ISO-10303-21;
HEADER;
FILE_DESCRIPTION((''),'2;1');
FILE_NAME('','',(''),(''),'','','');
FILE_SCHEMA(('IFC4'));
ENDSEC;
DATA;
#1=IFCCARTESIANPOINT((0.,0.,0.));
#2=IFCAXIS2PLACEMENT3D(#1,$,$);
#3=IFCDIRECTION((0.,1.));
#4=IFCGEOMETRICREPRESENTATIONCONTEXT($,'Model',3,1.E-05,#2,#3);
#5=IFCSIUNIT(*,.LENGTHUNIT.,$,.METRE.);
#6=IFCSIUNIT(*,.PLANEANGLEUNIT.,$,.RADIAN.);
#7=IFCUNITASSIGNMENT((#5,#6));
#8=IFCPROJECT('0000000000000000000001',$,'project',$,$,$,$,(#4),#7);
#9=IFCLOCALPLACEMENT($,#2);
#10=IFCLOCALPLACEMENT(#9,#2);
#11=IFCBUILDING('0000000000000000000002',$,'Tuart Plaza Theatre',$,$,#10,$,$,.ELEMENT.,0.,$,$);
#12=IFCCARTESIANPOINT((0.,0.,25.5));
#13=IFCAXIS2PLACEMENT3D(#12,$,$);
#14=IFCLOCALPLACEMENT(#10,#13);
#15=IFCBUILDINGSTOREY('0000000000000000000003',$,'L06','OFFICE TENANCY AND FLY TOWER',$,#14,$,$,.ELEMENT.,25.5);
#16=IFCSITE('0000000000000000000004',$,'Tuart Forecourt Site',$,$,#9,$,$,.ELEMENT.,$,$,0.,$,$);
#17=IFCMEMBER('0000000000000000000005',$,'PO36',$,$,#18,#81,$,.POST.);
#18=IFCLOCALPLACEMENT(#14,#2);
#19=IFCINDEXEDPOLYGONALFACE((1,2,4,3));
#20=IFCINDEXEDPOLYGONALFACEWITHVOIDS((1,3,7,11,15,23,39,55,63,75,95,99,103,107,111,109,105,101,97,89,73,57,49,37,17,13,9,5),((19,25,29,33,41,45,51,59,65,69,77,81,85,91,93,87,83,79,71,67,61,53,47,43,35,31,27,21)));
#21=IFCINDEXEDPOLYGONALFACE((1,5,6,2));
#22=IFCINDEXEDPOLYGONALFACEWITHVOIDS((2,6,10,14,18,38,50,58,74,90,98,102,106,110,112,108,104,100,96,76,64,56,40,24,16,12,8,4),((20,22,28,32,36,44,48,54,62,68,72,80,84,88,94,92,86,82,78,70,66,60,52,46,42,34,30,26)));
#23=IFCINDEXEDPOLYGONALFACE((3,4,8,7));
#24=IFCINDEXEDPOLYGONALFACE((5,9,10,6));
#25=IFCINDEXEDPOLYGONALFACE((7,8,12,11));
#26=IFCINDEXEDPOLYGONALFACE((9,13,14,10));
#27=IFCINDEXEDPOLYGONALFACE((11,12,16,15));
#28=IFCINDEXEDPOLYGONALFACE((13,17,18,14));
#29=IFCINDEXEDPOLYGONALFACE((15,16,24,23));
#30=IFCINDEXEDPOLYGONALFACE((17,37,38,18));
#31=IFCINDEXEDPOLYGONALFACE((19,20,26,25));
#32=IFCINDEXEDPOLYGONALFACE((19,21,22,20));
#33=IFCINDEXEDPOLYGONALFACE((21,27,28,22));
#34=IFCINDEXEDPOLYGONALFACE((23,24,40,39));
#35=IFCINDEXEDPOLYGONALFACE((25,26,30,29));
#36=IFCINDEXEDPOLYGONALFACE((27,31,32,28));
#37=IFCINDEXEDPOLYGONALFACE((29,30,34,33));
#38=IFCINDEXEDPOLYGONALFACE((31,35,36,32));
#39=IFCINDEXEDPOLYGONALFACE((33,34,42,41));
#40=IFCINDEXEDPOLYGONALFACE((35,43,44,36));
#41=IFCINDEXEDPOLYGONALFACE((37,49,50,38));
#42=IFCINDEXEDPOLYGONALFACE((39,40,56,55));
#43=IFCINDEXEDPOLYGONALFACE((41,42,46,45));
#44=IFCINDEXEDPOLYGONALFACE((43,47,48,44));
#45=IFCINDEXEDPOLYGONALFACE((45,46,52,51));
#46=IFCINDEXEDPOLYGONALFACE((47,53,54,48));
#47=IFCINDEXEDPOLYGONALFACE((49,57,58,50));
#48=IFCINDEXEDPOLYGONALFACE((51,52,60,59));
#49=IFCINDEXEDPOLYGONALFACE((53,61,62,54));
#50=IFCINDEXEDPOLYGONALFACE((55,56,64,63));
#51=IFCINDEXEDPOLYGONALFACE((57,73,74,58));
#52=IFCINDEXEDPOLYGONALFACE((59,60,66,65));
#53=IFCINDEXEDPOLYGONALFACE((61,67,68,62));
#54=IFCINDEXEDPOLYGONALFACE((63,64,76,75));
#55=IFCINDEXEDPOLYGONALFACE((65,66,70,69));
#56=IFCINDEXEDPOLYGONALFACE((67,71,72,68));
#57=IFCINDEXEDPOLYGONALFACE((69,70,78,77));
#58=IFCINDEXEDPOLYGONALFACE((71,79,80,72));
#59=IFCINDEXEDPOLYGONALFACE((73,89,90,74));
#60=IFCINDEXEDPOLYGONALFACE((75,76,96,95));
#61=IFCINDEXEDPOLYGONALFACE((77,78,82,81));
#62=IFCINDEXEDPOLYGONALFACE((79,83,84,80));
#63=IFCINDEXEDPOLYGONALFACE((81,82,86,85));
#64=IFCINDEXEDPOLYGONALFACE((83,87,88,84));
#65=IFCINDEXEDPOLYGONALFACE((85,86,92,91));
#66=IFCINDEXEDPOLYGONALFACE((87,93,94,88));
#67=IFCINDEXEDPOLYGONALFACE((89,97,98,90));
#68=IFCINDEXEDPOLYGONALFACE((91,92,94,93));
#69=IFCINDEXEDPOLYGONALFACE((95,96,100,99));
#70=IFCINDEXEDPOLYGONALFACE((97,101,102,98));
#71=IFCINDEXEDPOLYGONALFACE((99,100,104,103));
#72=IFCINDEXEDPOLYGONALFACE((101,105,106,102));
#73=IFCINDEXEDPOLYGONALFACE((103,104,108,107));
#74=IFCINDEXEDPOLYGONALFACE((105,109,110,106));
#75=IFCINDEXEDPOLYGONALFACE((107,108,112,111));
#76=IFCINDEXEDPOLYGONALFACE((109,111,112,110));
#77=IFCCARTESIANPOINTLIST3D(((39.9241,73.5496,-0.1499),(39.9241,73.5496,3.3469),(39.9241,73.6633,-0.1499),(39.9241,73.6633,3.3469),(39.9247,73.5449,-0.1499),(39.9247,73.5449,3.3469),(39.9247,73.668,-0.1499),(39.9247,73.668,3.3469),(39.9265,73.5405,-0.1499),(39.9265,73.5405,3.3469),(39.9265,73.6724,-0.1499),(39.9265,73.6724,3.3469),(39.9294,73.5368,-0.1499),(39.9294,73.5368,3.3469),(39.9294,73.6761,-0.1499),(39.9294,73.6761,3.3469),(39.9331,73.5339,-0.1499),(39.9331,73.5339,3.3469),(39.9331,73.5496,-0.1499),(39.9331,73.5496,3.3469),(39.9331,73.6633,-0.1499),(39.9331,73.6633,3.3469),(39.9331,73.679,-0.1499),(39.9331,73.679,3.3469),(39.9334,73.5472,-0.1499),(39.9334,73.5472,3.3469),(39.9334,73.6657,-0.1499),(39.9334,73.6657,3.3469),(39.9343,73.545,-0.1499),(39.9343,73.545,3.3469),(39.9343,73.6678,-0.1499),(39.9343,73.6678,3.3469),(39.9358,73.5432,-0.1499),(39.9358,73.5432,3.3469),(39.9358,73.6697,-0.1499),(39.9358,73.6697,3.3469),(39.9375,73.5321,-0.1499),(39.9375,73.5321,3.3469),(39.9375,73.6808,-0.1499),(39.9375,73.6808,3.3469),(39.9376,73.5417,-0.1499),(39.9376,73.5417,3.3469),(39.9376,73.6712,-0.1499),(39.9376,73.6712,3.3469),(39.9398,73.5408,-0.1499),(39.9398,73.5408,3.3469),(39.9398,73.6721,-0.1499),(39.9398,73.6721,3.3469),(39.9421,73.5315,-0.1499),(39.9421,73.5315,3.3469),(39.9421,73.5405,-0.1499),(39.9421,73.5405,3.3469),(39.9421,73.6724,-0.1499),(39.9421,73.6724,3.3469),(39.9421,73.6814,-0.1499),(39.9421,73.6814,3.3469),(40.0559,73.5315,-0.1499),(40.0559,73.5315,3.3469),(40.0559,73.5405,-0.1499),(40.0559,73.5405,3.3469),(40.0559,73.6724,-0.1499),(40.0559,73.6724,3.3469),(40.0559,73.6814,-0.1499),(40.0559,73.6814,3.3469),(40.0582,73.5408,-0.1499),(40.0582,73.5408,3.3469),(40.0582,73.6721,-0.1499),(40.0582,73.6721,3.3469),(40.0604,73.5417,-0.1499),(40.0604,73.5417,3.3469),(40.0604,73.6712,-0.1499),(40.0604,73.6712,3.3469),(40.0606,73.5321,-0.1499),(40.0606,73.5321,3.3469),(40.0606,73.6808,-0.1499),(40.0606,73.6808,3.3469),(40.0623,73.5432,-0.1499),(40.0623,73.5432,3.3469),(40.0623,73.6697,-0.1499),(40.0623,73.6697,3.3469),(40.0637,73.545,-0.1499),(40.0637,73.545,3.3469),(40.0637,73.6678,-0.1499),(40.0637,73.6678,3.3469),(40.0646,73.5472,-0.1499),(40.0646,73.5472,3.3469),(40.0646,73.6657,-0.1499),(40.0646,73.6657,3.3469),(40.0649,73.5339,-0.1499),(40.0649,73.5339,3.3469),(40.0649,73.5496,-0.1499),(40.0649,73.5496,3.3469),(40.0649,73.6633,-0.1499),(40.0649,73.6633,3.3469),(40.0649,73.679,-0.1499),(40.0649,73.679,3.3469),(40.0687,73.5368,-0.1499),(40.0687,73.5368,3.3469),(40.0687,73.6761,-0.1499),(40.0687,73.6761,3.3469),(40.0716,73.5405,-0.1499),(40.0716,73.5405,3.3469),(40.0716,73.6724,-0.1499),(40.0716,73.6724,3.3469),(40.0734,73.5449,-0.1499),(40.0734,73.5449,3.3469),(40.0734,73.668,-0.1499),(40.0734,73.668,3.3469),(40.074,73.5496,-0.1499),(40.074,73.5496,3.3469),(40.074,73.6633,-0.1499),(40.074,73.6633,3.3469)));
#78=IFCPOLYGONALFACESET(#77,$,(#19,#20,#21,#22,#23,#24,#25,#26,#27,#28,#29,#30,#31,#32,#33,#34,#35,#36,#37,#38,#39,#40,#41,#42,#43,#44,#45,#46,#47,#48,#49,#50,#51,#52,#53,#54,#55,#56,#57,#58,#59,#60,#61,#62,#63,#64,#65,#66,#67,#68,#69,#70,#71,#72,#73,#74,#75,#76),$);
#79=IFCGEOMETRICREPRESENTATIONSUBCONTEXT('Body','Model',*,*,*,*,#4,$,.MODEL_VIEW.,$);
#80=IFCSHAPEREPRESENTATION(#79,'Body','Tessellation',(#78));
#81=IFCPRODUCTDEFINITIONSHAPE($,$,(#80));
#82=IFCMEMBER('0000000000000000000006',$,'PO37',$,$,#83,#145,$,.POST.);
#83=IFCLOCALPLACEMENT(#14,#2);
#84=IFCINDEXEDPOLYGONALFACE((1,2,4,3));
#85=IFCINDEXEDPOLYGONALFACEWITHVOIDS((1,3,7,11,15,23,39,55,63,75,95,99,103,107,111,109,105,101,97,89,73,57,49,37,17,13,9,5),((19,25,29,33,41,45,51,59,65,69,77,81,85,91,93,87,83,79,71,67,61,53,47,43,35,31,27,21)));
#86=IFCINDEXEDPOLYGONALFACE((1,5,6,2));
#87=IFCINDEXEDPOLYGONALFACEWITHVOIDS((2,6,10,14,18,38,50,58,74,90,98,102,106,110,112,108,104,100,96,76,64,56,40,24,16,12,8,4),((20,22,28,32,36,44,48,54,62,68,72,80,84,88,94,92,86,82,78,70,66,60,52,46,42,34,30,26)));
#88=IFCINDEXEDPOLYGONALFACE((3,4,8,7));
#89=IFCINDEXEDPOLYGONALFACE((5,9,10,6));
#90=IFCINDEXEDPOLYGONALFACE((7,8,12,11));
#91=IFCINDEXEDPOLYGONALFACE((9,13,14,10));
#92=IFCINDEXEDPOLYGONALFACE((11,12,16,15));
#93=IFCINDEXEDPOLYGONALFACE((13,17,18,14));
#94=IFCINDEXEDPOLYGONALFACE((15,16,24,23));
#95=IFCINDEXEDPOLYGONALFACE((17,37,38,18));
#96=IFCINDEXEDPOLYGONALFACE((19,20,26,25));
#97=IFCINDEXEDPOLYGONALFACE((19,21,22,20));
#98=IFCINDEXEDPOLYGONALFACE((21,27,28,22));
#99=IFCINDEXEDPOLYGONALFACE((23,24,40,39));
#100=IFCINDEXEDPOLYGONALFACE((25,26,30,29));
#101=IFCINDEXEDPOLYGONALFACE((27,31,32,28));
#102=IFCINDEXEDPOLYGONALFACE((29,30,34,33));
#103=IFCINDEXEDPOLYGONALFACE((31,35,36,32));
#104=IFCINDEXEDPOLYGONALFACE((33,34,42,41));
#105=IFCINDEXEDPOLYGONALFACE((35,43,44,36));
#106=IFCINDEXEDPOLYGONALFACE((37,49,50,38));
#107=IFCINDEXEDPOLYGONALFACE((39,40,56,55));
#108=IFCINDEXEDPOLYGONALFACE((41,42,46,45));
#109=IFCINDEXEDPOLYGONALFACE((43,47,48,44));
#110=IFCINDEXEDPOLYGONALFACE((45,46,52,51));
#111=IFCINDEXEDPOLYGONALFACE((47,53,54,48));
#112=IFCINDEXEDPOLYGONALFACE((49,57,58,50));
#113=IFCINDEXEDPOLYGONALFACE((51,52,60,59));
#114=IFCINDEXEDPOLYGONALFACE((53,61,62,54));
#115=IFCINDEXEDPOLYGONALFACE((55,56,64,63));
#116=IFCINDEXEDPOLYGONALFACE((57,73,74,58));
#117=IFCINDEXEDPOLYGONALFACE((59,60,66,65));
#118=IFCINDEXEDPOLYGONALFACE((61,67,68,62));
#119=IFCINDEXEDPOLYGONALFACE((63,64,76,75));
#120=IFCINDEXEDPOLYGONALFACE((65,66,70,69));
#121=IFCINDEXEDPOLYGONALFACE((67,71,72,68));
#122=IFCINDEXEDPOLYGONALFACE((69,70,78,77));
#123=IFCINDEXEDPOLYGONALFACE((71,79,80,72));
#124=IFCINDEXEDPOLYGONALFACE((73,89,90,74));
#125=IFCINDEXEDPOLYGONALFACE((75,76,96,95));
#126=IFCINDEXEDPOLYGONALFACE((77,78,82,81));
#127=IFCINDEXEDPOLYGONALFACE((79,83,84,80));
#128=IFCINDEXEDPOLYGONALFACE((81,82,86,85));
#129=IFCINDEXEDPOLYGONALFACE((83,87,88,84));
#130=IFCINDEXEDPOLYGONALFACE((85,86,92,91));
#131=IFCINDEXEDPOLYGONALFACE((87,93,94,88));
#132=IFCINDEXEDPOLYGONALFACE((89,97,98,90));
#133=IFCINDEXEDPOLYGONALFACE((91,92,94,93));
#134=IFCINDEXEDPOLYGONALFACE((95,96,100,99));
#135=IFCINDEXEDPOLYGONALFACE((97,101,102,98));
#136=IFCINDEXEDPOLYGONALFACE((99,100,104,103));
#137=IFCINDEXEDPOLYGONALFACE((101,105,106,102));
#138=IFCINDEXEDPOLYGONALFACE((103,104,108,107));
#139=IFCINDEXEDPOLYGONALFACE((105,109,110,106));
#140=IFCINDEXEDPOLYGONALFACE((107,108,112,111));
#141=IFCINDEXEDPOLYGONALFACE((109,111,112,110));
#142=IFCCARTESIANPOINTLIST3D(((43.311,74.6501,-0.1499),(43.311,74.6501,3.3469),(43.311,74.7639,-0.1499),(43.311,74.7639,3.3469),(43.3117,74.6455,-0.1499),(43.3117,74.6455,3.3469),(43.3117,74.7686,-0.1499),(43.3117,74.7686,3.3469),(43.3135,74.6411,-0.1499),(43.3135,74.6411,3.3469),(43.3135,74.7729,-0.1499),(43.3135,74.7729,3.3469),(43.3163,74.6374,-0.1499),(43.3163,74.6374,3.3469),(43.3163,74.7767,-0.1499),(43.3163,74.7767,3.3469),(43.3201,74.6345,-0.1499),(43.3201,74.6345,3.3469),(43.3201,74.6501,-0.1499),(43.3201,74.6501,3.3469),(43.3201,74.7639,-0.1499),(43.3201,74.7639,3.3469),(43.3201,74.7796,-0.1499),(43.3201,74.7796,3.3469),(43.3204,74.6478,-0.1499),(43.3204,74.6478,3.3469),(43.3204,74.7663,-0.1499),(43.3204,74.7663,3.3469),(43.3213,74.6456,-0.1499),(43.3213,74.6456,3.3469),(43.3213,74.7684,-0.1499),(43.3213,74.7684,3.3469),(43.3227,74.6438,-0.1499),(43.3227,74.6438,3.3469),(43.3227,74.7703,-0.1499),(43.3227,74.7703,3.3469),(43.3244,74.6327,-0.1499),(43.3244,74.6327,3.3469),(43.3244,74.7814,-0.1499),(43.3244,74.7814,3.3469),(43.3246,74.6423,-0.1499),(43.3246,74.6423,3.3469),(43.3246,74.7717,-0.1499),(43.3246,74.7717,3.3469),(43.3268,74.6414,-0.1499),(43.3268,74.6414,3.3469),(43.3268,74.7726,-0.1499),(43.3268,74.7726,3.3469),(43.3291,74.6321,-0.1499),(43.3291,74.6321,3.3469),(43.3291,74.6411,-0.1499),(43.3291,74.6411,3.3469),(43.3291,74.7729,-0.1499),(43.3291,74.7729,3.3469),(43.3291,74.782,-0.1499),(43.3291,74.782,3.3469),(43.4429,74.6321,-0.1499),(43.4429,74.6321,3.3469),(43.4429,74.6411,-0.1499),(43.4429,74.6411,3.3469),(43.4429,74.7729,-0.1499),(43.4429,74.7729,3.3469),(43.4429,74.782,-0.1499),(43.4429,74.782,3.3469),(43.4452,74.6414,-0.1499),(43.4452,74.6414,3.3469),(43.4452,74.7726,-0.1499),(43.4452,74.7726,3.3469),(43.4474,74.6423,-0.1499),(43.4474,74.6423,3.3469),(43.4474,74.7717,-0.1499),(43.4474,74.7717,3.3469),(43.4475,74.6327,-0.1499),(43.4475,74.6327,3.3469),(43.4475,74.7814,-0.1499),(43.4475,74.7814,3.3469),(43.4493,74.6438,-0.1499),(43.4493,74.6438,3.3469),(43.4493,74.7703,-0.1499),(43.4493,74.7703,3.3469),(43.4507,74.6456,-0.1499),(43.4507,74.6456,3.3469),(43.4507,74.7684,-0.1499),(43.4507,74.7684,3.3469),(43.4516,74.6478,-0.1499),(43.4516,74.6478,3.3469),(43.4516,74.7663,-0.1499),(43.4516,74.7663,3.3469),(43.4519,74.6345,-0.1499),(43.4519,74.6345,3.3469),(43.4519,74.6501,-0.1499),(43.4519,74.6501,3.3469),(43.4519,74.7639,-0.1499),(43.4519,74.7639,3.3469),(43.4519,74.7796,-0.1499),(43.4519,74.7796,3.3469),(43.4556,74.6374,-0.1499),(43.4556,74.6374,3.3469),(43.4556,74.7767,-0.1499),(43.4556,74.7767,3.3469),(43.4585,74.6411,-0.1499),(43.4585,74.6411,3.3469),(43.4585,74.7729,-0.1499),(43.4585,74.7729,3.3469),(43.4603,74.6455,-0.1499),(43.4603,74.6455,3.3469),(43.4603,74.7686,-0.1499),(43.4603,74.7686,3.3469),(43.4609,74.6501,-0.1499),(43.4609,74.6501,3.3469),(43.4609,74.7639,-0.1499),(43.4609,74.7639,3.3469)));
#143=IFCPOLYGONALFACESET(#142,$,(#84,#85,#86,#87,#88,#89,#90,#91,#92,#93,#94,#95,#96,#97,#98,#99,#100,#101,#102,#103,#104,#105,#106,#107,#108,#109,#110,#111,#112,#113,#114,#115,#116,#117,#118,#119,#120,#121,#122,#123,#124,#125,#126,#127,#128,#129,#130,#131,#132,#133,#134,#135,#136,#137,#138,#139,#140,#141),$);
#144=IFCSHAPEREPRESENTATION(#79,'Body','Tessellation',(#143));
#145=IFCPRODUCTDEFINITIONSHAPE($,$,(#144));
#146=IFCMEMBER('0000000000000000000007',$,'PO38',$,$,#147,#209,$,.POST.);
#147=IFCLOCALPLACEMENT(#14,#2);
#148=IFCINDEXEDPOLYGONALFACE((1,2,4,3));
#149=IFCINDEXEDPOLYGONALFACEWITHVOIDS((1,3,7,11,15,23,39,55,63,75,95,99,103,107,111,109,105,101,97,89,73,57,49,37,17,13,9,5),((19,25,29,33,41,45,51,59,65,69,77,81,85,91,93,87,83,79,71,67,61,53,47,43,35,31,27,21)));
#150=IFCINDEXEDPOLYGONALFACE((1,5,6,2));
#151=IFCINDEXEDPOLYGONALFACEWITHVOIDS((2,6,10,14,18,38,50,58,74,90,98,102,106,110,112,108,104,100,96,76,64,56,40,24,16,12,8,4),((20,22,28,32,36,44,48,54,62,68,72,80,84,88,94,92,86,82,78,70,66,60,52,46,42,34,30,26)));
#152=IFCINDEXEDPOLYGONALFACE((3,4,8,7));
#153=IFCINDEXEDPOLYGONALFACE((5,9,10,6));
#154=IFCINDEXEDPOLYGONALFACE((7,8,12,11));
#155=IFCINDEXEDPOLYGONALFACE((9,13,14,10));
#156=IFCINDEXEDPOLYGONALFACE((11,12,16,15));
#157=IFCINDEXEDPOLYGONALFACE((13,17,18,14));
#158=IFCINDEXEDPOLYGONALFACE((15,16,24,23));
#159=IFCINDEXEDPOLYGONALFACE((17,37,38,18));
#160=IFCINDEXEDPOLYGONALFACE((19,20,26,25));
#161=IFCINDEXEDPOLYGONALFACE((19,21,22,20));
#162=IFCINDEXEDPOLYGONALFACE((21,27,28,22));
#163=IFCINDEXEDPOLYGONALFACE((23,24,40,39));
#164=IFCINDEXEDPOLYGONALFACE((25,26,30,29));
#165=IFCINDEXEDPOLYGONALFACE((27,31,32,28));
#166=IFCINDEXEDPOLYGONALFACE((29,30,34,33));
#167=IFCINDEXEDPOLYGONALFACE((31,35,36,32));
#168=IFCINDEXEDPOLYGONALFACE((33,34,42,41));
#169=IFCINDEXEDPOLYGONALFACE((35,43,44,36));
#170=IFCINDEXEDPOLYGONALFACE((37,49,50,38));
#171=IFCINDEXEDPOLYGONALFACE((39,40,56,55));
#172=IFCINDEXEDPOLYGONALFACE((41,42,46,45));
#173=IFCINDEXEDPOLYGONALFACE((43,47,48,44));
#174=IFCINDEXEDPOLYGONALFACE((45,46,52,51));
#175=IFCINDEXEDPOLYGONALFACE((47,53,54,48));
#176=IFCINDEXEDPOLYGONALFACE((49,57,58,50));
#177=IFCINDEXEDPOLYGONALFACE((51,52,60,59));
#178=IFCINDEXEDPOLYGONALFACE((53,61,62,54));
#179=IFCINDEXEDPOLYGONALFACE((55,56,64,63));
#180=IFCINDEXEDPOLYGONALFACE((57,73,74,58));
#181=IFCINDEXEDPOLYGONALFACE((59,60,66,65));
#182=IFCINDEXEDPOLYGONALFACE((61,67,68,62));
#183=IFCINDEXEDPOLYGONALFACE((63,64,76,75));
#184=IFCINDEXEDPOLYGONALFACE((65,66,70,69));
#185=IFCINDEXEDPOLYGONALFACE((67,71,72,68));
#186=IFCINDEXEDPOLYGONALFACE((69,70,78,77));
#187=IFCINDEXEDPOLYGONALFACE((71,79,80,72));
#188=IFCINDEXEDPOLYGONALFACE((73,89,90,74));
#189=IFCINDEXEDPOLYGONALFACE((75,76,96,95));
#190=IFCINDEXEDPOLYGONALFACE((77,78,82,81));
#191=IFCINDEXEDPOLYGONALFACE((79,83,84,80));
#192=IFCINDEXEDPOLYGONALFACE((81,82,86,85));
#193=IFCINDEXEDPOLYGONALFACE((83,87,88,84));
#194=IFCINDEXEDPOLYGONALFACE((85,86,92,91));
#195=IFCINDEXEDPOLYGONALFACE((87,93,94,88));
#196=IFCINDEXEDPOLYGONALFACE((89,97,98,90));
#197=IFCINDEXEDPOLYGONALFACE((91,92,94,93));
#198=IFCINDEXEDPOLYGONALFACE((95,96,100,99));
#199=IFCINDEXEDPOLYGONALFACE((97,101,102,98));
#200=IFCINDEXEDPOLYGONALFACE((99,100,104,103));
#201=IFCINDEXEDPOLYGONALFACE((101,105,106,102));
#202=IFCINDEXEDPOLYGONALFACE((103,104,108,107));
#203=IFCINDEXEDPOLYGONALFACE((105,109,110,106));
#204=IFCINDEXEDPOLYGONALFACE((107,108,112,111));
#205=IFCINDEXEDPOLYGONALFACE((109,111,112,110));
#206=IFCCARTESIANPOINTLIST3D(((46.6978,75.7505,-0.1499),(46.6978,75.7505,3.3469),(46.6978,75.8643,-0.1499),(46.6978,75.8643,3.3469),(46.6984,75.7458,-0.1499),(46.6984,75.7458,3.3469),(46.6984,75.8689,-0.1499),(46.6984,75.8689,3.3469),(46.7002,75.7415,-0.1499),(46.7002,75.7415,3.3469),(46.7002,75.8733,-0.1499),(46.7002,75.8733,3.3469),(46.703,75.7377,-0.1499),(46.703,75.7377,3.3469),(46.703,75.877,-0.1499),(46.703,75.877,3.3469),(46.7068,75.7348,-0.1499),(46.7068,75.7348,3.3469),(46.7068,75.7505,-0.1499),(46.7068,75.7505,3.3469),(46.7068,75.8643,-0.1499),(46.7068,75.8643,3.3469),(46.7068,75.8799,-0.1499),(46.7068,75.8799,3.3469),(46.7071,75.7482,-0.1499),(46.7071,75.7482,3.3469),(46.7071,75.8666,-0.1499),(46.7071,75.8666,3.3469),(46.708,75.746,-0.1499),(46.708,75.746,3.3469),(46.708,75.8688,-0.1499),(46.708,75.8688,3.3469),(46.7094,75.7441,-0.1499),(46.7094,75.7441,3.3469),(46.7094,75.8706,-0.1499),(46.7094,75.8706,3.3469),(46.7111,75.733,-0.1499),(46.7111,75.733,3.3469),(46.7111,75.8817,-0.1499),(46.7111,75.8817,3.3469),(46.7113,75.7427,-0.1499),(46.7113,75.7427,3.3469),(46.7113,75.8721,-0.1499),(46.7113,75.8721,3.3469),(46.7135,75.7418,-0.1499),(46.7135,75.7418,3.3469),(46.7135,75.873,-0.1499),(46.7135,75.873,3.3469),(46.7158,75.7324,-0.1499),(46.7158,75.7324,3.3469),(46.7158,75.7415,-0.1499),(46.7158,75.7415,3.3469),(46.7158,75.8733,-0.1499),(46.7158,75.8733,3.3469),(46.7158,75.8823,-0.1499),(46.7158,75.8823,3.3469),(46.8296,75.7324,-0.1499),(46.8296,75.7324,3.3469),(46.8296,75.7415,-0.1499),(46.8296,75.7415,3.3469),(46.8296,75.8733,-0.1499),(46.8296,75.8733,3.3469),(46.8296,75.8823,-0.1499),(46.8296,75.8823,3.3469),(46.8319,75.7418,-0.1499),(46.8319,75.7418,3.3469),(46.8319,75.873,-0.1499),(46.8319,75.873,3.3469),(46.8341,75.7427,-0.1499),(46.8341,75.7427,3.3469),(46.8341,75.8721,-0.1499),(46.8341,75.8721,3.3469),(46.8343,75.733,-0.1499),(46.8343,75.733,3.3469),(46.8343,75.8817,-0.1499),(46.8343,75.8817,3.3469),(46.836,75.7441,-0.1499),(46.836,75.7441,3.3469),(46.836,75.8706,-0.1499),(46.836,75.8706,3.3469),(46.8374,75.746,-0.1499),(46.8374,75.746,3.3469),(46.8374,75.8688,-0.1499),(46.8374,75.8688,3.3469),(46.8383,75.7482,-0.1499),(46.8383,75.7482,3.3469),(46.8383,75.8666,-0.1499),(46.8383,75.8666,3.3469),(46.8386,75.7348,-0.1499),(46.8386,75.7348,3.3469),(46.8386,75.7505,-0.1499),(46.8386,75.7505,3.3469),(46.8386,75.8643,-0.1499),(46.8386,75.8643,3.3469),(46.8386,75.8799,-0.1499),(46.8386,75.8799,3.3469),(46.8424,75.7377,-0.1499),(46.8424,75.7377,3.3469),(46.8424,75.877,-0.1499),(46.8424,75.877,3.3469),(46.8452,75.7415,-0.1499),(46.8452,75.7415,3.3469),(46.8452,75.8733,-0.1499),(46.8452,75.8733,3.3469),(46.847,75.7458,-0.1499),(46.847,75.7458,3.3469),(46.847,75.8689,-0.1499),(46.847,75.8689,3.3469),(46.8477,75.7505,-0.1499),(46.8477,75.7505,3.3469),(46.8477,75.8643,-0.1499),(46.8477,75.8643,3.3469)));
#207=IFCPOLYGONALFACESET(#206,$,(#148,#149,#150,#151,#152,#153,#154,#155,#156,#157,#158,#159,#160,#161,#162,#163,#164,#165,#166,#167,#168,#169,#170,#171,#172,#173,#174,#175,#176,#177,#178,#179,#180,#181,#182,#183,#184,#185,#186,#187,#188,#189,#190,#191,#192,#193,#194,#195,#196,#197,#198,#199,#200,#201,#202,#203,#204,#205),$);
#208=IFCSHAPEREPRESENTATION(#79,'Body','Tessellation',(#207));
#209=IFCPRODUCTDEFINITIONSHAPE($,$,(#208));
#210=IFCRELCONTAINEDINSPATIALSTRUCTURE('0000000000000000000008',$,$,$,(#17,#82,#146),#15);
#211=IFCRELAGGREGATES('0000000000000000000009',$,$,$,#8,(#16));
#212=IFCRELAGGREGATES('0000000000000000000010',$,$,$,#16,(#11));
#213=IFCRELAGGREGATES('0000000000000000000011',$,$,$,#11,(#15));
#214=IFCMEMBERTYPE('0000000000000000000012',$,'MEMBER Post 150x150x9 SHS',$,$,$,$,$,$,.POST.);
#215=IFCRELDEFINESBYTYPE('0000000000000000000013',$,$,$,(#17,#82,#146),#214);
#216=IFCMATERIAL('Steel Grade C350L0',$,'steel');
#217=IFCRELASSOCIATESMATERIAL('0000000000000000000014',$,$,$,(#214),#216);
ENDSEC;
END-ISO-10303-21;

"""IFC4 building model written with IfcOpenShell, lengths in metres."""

from ifc_helpers import new_model, si_unit, direction, frame, origin, origin_2d, place, context, subcontext, project, spatial, hollow_rectangle, extrude, material, material_profile, profile_set, type_object, element, save


model = new_model("IFC4")

# Units and contexts
model_context = context("Model", 3, precision=1e-05, world=origin(), true_north=direction((0.0, 1.0)))
body_context = subcontext(model_context, "Body", "Model", "MODEL_VIEW")
ifc_project = project(units=[si_unit("LENGTHUNIT", "METRE"), si_unit("PLANEANGLEUNIT", "RADIAN")], contexts=[model_context])

# Site, building, storey
site_placement = place(None, origin())
site = spatial("IfcSite", under=ifc_project, at=site_placement, Name="Tuart Forecourt Site", CompositionType="ELEMENT", RefElevation=0.0)
building_placement = place(site_placement, origin())
building = spatial("IfcBuilding", under=site, at=building_placement, Name="Tuart Plaza Theatre", CompositionType="ELEMENT", ElevationOfRefHeight=0.0)
storey_placement = place(building_placement, frame((0.0, 0.0, 25.5)))
storey = spatial("IfcBuildingStorey", under=building, at=storey_placement, Name="L06", Description="OFFICE TENANCY AND FLY TOWER", CompositionType="ELEMENT", Elevation=25.5)

# Members
ifc_material_1 = material(Name="Steel Grade C350L0", Category="steel")
ifc_material_profile_1 = material_profile(ifc_material_1, hollow_rectangle(XDim=0.1499, YDim=0.1499, WallThickness=0.009, InnerFilletRadius=0.009, OuterFilletRadius=0.0181, at=origin_2d()), Name="150x150x9 SHS")
ifc_profile_set_1 = profile_set([ifc_material_profile_1], Name="Steel Grade C350L0")
member_type_1 = type_object("IfcMemberType", Name="MEMBER Post 150x150x9 SHS", PredefinedType="POST", material=ifc_profile_set_1)
for number, where, z_axis, x_axis, name in (
    (1, (39.999, 73.6064, -0.1499), (0.0, 0.0, 1.0), (1.0, 0.0, 0.0), "PO36"),
    (2, (43.386, 74.707, -0.1499), (0.0, 0.0, 1.0), (1.0, 0.0, 0.0), "PO37"),
    (3, (46.7727, 75.8074, -0.1499), (0.0, 0.0, 1.0), (1.0, 0.0, 0.0), "PO38"),
):
    element("IfcMember", number, at=place(storey_placement, frame(where, z_axis=z_axis, x_axis=x_axis)), inside=storey, type_object=member_type_1, Name=name, PredefinedType="POST", context=body_context, shape_type="SweptSolid", body=[
        extrude(hollow_rectangle(XDim=0.1499, YDim=0.1499, WallThickness=0.009, InnerFilletRadius=0.009, OuterFilletRadius=0.0181, at=origin_2d()), origin(), (0.0, 0.0, 1.0), 3.4968),
    ])

save(model, "model.ifc")
